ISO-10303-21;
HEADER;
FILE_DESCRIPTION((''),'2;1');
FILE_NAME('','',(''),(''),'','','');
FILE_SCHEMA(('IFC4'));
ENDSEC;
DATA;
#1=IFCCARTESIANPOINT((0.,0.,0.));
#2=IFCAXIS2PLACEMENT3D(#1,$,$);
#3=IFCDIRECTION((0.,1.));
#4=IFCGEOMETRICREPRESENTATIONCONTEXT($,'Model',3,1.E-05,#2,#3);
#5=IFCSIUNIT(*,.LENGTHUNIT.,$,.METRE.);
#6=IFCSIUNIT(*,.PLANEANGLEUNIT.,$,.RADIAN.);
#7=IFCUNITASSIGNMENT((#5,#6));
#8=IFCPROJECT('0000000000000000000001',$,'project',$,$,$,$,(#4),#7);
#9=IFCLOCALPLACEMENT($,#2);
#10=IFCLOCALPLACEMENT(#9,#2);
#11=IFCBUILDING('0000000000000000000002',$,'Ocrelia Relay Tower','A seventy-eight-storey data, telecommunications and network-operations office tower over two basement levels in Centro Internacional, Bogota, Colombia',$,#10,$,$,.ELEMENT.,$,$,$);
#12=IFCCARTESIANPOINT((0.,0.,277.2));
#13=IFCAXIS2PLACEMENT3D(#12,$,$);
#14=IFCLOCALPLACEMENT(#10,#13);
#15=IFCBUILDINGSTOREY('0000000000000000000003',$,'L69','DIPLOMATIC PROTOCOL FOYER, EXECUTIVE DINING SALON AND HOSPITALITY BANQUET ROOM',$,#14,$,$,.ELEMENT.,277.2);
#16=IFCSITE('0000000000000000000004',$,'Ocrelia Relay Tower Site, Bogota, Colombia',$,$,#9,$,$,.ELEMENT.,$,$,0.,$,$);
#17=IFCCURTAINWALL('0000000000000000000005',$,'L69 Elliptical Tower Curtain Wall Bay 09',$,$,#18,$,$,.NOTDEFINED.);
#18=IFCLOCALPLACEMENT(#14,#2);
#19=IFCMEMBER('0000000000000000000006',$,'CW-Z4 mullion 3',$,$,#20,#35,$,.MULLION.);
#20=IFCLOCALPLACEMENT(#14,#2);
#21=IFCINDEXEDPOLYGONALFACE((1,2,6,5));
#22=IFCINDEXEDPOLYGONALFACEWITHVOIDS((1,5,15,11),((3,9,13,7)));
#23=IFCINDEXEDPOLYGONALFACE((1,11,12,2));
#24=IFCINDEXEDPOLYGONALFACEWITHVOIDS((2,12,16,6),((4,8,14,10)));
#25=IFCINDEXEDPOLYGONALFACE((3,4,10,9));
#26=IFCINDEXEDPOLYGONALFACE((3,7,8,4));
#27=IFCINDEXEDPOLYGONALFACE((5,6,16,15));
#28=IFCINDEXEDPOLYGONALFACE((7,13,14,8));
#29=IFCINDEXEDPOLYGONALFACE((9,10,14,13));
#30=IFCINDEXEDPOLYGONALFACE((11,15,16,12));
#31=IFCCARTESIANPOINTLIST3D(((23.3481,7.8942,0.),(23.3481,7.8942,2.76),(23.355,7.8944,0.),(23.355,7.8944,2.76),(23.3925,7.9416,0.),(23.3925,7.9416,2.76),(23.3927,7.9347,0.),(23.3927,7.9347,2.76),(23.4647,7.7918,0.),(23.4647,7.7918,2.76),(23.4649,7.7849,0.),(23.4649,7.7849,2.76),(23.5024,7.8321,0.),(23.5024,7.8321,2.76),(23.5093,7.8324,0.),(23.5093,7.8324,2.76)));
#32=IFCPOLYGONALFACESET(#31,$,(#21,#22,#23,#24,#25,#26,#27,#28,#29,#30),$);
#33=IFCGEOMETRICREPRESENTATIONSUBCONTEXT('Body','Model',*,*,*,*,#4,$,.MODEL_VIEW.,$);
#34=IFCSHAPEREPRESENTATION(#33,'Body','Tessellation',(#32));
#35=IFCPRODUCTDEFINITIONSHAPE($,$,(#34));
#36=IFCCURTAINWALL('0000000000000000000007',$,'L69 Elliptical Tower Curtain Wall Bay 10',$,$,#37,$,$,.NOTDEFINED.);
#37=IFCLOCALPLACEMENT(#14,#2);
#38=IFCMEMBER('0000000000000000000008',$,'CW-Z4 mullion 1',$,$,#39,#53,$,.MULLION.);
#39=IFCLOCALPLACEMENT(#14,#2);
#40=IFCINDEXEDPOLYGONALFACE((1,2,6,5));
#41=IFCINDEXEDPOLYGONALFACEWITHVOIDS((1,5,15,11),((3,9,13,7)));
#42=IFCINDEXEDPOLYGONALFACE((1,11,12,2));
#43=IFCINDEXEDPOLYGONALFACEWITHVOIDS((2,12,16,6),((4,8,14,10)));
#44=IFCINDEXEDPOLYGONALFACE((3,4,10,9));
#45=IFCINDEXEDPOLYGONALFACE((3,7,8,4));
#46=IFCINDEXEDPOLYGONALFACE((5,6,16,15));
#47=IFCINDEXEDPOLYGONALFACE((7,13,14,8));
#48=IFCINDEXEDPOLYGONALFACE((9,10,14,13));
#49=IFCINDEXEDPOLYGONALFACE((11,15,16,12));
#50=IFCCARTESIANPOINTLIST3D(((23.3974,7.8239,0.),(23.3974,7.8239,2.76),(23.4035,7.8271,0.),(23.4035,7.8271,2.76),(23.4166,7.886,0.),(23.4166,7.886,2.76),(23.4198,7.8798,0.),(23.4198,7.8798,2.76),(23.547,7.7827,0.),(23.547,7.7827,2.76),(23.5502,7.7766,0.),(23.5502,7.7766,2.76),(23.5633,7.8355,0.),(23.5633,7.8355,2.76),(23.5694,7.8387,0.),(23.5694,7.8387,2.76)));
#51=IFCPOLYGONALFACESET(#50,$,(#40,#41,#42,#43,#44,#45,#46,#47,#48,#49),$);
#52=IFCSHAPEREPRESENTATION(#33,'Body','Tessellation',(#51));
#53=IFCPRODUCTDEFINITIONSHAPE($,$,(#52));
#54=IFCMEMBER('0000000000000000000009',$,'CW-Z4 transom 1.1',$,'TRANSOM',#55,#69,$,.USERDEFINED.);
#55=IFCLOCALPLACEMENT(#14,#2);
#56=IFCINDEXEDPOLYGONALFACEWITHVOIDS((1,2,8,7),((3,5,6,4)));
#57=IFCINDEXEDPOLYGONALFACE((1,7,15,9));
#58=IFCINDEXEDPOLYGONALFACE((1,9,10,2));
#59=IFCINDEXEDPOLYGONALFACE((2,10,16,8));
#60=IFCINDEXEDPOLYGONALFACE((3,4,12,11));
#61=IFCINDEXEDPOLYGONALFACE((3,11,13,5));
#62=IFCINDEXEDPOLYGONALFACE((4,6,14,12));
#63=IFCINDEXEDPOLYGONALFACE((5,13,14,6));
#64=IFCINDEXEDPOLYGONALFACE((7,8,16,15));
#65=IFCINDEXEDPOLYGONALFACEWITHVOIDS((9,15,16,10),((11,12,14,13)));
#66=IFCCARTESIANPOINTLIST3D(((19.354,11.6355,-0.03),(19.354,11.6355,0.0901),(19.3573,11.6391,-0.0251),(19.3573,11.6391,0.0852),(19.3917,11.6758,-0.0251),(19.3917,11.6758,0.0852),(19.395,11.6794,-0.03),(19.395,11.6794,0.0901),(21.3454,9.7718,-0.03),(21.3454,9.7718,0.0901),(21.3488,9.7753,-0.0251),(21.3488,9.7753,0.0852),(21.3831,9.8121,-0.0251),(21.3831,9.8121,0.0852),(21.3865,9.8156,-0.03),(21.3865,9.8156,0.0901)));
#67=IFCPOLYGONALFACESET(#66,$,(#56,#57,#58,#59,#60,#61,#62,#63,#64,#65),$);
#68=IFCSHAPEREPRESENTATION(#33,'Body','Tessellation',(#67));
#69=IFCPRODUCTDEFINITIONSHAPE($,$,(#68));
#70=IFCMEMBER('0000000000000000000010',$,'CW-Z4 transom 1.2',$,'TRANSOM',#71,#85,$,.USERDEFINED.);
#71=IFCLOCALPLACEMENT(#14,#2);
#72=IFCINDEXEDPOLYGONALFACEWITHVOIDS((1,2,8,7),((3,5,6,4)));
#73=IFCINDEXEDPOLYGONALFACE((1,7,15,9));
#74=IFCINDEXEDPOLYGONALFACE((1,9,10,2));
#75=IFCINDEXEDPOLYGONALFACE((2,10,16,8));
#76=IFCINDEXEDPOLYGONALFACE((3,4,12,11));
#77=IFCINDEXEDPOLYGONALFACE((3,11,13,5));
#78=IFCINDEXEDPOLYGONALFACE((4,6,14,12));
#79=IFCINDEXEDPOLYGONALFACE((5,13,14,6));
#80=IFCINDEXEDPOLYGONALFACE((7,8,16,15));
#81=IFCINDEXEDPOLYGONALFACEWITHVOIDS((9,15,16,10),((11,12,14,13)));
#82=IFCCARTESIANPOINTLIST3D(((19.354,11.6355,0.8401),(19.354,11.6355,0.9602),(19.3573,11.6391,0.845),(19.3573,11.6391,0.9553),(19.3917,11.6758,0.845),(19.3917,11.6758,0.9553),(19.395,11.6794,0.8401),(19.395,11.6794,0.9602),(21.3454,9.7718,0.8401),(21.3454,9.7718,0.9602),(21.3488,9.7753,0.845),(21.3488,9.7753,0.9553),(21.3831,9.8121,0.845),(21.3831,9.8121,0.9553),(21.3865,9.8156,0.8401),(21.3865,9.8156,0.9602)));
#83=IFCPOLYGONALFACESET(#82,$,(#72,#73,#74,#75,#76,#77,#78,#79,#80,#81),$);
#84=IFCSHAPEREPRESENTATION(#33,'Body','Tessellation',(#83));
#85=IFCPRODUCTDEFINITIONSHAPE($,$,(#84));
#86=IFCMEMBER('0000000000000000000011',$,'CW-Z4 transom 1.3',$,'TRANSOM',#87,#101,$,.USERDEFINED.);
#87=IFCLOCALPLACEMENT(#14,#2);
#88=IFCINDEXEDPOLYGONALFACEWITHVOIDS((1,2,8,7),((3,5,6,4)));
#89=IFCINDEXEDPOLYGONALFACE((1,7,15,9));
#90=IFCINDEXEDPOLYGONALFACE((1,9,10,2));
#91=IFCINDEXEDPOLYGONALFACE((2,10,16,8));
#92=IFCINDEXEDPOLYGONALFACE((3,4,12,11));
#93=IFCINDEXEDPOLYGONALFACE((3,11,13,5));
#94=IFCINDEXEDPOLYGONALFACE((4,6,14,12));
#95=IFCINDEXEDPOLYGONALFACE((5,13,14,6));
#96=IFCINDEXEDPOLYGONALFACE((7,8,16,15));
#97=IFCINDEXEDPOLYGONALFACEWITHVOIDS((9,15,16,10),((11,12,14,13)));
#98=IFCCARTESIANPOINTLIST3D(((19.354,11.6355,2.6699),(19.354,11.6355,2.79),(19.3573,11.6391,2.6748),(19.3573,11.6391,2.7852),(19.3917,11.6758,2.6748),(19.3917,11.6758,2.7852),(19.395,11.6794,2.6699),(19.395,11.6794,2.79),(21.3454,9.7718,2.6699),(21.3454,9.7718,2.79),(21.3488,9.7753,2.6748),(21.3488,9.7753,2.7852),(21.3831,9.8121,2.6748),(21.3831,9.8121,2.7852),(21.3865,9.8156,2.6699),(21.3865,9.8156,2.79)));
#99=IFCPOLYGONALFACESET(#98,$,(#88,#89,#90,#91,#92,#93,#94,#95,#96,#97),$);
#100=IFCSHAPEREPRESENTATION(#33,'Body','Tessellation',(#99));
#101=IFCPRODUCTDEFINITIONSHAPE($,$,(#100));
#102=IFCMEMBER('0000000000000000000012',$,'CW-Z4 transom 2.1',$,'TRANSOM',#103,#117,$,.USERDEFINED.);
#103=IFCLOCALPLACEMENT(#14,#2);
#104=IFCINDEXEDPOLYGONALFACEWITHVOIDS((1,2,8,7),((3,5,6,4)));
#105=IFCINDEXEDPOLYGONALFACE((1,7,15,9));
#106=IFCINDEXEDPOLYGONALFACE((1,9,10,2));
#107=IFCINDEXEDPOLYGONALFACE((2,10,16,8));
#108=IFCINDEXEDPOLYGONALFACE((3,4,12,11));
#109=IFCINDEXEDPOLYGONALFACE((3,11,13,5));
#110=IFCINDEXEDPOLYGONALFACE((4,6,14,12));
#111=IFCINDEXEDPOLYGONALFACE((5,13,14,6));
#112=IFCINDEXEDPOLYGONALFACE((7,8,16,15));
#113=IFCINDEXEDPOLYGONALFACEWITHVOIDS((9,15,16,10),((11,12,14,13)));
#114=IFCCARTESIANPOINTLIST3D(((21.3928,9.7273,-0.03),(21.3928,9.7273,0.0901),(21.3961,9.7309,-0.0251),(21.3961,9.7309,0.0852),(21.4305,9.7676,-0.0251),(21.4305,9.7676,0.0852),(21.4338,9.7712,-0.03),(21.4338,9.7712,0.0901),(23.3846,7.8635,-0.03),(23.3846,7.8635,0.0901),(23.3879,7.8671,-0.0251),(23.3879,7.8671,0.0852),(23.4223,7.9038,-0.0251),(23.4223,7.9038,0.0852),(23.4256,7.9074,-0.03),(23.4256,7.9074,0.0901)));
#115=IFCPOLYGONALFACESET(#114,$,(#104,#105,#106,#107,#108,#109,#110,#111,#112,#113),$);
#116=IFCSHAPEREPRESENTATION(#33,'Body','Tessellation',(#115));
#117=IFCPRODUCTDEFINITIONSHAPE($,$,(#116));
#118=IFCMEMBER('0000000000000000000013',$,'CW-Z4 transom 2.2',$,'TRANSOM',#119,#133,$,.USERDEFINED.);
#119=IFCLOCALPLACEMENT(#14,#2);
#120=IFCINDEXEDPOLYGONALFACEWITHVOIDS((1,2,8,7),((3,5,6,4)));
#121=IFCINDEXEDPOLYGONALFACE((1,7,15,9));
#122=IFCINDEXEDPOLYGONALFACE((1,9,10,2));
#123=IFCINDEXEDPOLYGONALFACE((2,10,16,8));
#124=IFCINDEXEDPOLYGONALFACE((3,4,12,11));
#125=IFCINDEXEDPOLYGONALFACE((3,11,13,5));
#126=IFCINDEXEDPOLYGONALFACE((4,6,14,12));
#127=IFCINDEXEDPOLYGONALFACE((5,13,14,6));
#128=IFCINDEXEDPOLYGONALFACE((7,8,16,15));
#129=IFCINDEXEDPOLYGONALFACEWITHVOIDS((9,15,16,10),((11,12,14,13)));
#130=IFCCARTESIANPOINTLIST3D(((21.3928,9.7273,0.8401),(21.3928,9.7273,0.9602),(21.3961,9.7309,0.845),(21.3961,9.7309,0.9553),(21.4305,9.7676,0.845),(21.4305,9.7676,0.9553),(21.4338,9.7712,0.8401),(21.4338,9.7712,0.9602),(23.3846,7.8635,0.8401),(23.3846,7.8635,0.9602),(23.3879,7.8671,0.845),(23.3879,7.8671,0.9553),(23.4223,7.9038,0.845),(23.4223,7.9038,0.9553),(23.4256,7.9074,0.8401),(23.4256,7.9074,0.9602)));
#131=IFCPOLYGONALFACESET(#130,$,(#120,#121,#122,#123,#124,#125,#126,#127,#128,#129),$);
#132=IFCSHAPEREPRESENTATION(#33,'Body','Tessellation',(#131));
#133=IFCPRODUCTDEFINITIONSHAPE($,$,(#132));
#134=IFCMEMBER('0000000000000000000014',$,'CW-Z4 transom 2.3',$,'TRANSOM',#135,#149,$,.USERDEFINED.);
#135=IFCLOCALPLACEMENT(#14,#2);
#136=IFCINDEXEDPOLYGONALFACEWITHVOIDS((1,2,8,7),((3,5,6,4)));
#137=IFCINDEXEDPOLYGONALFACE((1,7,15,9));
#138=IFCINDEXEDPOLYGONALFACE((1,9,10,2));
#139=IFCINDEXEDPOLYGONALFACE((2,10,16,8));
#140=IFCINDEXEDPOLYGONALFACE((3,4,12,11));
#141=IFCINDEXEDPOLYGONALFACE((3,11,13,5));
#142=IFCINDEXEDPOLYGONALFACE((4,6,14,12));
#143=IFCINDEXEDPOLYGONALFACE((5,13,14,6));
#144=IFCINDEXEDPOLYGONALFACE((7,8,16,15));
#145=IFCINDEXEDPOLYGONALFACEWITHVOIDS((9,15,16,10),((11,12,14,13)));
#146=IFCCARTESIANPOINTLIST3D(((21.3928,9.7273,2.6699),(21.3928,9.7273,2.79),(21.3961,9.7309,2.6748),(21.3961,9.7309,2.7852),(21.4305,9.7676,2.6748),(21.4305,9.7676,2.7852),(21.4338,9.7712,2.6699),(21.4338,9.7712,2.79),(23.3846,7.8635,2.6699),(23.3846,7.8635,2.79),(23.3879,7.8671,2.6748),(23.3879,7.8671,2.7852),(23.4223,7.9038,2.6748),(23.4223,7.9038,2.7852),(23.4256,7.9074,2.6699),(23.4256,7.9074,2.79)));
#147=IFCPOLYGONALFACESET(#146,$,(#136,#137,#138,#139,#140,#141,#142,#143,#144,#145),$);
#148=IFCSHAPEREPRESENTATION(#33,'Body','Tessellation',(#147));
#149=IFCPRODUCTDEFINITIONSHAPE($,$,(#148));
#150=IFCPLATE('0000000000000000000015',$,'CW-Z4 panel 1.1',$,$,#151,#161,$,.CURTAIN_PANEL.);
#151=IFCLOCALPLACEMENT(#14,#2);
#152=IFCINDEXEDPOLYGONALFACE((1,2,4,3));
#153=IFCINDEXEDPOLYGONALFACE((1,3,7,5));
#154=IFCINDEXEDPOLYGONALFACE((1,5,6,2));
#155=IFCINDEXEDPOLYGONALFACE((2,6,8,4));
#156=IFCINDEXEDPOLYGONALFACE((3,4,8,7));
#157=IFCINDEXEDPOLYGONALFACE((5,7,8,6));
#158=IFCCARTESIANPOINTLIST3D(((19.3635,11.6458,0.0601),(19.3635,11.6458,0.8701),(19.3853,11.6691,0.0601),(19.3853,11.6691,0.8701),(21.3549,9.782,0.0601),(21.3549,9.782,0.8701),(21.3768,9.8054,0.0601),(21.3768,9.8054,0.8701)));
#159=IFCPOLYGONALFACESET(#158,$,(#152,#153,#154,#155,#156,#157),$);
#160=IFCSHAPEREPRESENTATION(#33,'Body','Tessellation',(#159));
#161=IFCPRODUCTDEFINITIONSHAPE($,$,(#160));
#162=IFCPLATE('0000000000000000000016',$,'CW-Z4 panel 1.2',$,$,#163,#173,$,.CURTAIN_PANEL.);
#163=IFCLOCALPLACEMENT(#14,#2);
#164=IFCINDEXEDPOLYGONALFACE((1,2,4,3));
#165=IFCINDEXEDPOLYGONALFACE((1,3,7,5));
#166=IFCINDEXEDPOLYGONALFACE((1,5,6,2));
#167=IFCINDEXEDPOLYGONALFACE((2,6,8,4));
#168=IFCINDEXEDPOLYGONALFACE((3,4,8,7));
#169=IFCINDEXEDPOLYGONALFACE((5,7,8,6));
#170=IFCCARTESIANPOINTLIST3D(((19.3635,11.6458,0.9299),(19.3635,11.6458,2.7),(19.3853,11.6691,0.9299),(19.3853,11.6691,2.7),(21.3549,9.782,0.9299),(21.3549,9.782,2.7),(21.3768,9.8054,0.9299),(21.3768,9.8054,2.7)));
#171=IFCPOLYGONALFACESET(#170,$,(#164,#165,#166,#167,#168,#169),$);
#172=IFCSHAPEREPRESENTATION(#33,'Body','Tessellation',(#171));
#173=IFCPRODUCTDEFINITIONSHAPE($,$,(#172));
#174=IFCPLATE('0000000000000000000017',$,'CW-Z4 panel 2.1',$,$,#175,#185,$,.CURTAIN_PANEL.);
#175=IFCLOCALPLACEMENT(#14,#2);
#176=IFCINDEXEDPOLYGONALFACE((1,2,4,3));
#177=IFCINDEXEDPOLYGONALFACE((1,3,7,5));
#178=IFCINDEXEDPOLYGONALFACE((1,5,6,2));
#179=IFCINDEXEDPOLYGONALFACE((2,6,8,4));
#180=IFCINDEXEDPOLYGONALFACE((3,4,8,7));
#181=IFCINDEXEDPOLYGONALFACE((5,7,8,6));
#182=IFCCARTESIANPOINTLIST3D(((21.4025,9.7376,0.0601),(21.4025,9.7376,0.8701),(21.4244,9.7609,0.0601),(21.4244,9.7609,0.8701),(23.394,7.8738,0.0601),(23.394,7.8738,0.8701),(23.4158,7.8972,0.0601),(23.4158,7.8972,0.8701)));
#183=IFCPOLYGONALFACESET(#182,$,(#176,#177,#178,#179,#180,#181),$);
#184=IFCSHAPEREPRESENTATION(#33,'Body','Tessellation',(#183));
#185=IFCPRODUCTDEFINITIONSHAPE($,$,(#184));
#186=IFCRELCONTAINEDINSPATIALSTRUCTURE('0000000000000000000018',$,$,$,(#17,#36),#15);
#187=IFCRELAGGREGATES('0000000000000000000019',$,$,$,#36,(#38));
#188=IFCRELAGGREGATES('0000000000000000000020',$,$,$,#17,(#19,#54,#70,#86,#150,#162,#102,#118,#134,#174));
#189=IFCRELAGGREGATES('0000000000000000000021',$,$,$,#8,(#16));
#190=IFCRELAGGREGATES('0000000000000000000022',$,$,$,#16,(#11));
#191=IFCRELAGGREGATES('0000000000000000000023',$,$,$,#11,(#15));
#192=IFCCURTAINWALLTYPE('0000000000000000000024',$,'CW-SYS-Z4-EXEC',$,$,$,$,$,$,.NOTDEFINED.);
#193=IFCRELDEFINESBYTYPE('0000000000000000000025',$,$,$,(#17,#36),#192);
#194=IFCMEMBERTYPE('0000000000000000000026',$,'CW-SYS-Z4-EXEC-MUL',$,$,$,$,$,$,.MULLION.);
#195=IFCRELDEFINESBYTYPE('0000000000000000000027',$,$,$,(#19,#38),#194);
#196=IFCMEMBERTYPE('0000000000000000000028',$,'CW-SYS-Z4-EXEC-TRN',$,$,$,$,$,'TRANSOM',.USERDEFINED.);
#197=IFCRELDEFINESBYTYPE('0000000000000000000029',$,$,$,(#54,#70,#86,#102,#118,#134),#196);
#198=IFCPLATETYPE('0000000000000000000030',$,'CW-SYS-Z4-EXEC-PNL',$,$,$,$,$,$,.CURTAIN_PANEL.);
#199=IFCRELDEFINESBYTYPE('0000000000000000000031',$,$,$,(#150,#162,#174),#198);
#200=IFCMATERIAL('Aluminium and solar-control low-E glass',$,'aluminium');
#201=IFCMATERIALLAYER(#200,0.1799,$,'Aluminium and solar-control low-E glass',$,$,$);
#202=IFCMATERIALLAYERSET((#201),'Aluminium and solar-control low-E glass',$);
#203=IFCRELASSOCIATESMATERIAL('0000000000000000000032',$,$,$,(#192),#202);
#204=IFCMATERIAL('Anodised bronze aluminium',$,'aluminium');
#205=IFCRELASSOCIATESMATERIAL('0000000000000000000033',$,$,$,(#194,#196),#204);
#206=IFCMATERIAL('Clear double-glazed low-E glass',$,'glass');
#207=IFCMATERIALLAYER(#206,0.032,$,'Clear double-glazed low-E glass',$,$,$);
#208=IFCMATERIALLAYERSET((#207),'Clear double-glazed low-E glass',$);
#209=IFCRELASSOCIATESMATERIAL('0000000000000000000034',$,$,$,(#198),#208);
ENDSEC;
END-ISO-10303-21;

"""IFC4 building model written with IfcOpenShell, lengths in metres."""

from ifc_helpers import new_model, si_unit, direction, frame, origin, origin_2d, place, context, subcontext, project, spatial, rectangle, hollow_rectangle, extrude, material, layer, layer_set, material_profile, profile_set, type_object, element, aggregate, save


model = new_model("IFC4")

# Units and contexts
model_context = context("Model", 3, precision=1e-05, world=origin(), true_north=direction((0.0, 1.0)))
body_context = subcontext(model_context, "Body", "Model", "MODEL_VIEW")
ifc_project = project(units=[si_unit("LENGTHUNIT", "METRE"), si_unit("PLANEANGLEUNIT", "RADIAN")], contexts=[model_context])

# Site, building, storey
site_placement = place(None, origin())
site = spatial("IfcSite", under=ifc_project, at=site_placement, Name="Ocrelia Relay Tower Site, Bogota, Colombia", CompositionType="ELEMENT", RefElevation=0.0)
building_placement = place(site_placement, origin())
building = spatial("IfcBuilding", under=site, at=building_placement, Name="Ocrelia Relay Tower", Description="A seventy-eight-storey data, telecommunications and network-operations office tower over two basement levels in Centro Internacional, Bogota, Colombia", CompositionType="ELEMENT")
storey_placement = place(building_placement, frame((0.0, 0.0, 277.2)))
storey = spatial("IfcBuildingStorey", under=building, at=storey_placement, Name="L69", Description="DIPLOMATIC PROTOCOL FOYER, EXECUTIVE DINING SALON AND HOSPITALITY BANQUET ROOM", CompositionType="ELEMENT", Elevation=277.2)

# Curtain wall, member
ifc_material_1 = material(Name="Aluminium and solar-control low-E glass", Category="aluminium")
ifc_layer_1 = layer(ifc_material_1, 0.1799, Name="Aluminium and solar-control low-E glass")
ifc_layer_set_1 = layer_set([ifc_layer_1], Name="Aluminium and solar-control low-E glass")
curtain_wall_type = type_object("IfcCurtainWallType", Name="CW-SYS-Z4-EXEC", PredefinedType="NOTDEFINED", material=ifc_layer_set_1)
curtain_wall_1_placement = place(storey_placement, origin())
curtain_wall_1 = element("IfcCurtainWall", 1, at=curtain_wall_1_placement, inside=storey, type_object=curtain_wall_type, Name="L69 Elliptical Tower Curtain Wall Bay 09", PredefinedType="NOTDEFINED")
ifc_material_2 = material(Name="Anodised bronze aluminium", Category="aluminium")
ifc_material_profile_1 = material_profile(ifc_material_2, hollow_rectangle(XDim=0.0649, YDim=0.1599, WallThickness=0.0049, at=origin_2d()), Name="CW-MUL-160x65")
ifc_profile_set_1 = profile_set([ifc_material_profile_1], Name="Anodised bronze aluminium")
member_type_1 = type_object("IfcMemberType", Name="CW-SYS-Z4-EXEC-MUL", PredefinedType="MULLION", material=ifc_profile_set_1)
member_1_placement = place(storey_placement, frame((23.4287, 7.8633, 0.0), z_axis=(0.0, 0.0, 1.0), x_axis=(0.683313, 0.730125, 0.0)))
member_1 = element("IfcMember", 2, at=member_1_placement, type_object=member_type_1, Name="CW-Z4 mullion 3", PredefinedType="MULLION", context=body_context, shape_type="SweptSolid", body=[
    extrude(hollow_rectangle(XDim=0.0649, YDim=0.1599, WallThickness=0.0049, at=origin_2d()), origin(), (0.0, 0.0, 1.0), 2.76),
])

# Curtain wall, member
curtain_wall_2_placement = place(storey_placement, origin())
curtain_wall_2 = element("IfcCurtainWall", 3, at=curtain_wall_2_placement, inside=storey, type_object=curtain_wall_type, Name="L69 Elliptical Tower Curtain Wall Bay 10", PredefinedType="NOTDEFINED")
member_2_placement = place(storey_placement, frame((23.4834, 7.8313, 0.0), z_axis=(0.0, 0.0, 1.0), x_axis=(0.295665, 0.955292, 0.0)))
member_2 = element("IfcMember", 4, at=member_2_placement, type_object=member_type_1, Name="CW-Z4 mullion 1", PredefinedType="MULLION", context=body_context, shape_type="SweptSolid", body=[
    extrude(hollow_rectangle(XDim=0.0649, YDim=0.1599, WallThickness=0.0049, at=origin_2d()), origin(), (0.0, 0.0, 1.0), 2.76),
])
aggregate(curtain_wall_2, [member_2])

# Members
ifc_material_profile_2 = material_profile(ifc_material_2, hollow_rectangle(XDim=0.0601, YDim=0.1201, WallThickness=0.0049, at=origin_2d()), Name="CW-TRN-120x60")
ifc_profile_set_2 = profile_set([ifc_material_profile_2], Name="Anodised bronze aluminium")
member_type_2 = type_object("IfcMemberType", Name="CW-SYS-Z4-EXEC-TRN", ElementType="TRANSOM", PredefinedType="USERDEFINED", material=ifc_profile_set_2)
member_3_placement = place(storey_placement, frame((19.3745, 11.6575, 0.03), z_axis=(0.730126, -0.683313, 0.0), x_axis=(0.683313, 0.730126, 0.0)))
member_3 = element("IfcMember", 5, at=member_3_placement, type_object=member_type_2, Name="CW-Z4 transom 1.1", ObjectType="TRANSOM", PredefinedType="USERDEFINED", context=body_context, shape_type="SweptSolid", body=[
    extrude(hollow_rectangle(XDim=0.0601, YDim=0.1201, WallThickness=0.0049, at=origin_2d()), origin(), (0.0, 0.0, 1.0), 2.7275),
])
member_4_placement = place(storey_placement, frame((19.3745, 11.6575, 0.9001), z_axis=(0.730126, -0.683313, 0.0), x_axis=(0.683313, 0.730126, 0.0)))
member_4 = element("IfcMember", 6, at=member_4_placement, type_object=member_type_2, Name="CW-Z4 transom 1.2", ObjectType="TRANSOM", PredefinedType="USERDEFINED", context=body_context, shape_type="SweptSolid", body=[
    extrude(hollow_rectangle(XDim=0.0601, YDim=0.1201, WallThickness=0.0049, at=origin_2d()), origin(), (0.0, 0.0, 1.0), 2.7275),
])
member_5_placement = place(storey_placement, frame((19.3745, 11.6575, 2.73), z_axis=(0.730126, -0.683313, 0.0), x_axis=(0.683313, 0.730126, 0.0)))
member_5 = element("IfcMember", 7, at=member_5_placement, type_object=member_type_2, Name="CW-Z4 transom 1.3", ObjectType="TRANSOM", PredefinedType="USERDEFINED", context=body_context, shape_type="SweptSolid", body=[
    extrude(hollow_rectangle(XDim=0.0601, YDim=0.1201, WallThickness=0.0049, at=origin_2d()), origin(), (0.0, 0.0, 1.0), 2.7275),
])
member_6_placement = place(storey_placement, frame((21.4133, 9.7493, 0.03), z_axis=(0.730168, -0.683268, 0.0), x_axis=(0.683268, 0.730168, 0.0)))
member_6 = element("IfcMember", 8, at=member_6_placement, type_object=member_type_2, Name="CW-Z4 transom 2.1", ObjectType="TRANSOM", PredefinedType="USERDEFINED", context=body_context, shape_type="SweptSolid", body=[
    extrude(hollow_rectangle(XDim=0.0601, YDim=0.1201, WallThickness=0.0049, at=origin_2d()), origin(), (0.0, 0.0, 1.0), 2.7278),
])
member_7_placement = place(storey_placement, frame((21.4133, 9.7493, 0.9001), z_axis=(0.730168, -0.683268, 0.0), x_axis=(0.683268, 0.730168, 0.0)))
member_7 = element("IfcMember", 9, at=member_7_placement, type_object=member_type_2, Name="CW-Z4 transom 2.2", ObjectType="TRANSOM", PredefinedType="USERDEFINED", context=body_context, shape_type="SweptSolid", body=[
    extrude(hollow_rectangle(XDim=0.0601, YDim=0.1201, WallThickness=0.0049, at=origin_2d()), origin(), (0.0, 0.0, 1.0), 2.7278),
])
member_8_placement = place(storey_placement, frame((21.4133, 9.7493, 2.73), z_axis=(0.730168, -0.683268, 0.0), x_axis=(0.683268, 0.730168, 0.0)))
member_8 = element("IfcMember", 10, at=member_8_placement, type_object=member_type_2, Name="CW-Z4 transom 2.3", ObjectType="TRANSOM", PredefinedType="USERDEFINED", context=body_context, shape_type="SweptSolid", body=[
    extrude(hollow_rectangle(XDim=0.0601, YDim=0.1201, WallThickness=0.0049, at=origin_2d()), origin(), (0.0, 0.0, 1.0), 2.7278),
])

# Plates
ifc_material_3 = material(Name="Clear double-glazed low-E glass", Category="glass")
ifc_layer_2 = layer(ifc_material_3, 0.032, Name="Clear double-glazed low-E glass")
ifc_layer_set_2 = layer_set([ifc_layer_2], Name="Clear double-glazed low-E glass")
plate_type = type_object("IfcPlateType", Name="CW-SYS-Z4-EXEC-PNL", PredefinedType="CURTAIN_PANEL", material=ifc_layer_set_2)
plate_1_placement = place(storey_placement, frame((20.3701, 10.7256, 0.0601), z_axis=(0.0, 0.0, 1.0), x_axis=(0.730125, -0.683313, 0.0)))
plate_1 = element("IfcPlate", 11, at=plate_1_placement, type_object=plate_type, Name="CW-Z4 panel 1.1", PredefinedType="CURTAIN_PANEL", context=body_context, shape_type="SweptSolid", body=[
    extrude(rectangle(XDim=2.7275, YDim=0.032, at=origin_2d()), origin(), (0.0, 0.0, 1.0), 0.8101),
])
plate_2_placement = place(storey_placement, frame((20.3701, 10.7256, 0.9299), z_axis=(0.0, 0.0, 1.0), x_axis=(0.730125, -0.683313, 0.0)))
plate_2 = element("IfcPlate", 12, at=plate_2_placement, type_object=plate_type, Name="CW-Z4 panel 1.2", PredefinedType="CURTAIN_PANEL", context=body_context, shape_type="SweptSolid", body=[
    extrude(rectangle(XDim=2.7275, YDim=0.032, at=origin_2d()), origin(), (0.0, 0.0, 1.0), 1.77),
])
plate_3_placement = place(storey_placement, frame((22.4092, 8.8174, 0.0601), z_axis=(0.0, 0.0, 1.0), x_axis=(0.730125, -0.683313, 0.0)))
plate_3 = element("IfcPlate", 13, at=plate_3_placement, type_object=plate_type, Name="CW-Z4 panel 2.1", PredefinedType="CURTAIN_PANEL", context=body_context, shape_type="SweptSolid", body=[
    extrude(rectangle(XDim=2.7275, YDim=0.032, at=origin_2d()), origin(), (0.0, 0.0, 1.0), 0.8101),
])
aggregate(curtain_wall_1, [member_1, member_3, member_4, member_5, plate_1, plate_2, member_6, member_7, member_8, plate_3])

save(model, "model.ifc")
